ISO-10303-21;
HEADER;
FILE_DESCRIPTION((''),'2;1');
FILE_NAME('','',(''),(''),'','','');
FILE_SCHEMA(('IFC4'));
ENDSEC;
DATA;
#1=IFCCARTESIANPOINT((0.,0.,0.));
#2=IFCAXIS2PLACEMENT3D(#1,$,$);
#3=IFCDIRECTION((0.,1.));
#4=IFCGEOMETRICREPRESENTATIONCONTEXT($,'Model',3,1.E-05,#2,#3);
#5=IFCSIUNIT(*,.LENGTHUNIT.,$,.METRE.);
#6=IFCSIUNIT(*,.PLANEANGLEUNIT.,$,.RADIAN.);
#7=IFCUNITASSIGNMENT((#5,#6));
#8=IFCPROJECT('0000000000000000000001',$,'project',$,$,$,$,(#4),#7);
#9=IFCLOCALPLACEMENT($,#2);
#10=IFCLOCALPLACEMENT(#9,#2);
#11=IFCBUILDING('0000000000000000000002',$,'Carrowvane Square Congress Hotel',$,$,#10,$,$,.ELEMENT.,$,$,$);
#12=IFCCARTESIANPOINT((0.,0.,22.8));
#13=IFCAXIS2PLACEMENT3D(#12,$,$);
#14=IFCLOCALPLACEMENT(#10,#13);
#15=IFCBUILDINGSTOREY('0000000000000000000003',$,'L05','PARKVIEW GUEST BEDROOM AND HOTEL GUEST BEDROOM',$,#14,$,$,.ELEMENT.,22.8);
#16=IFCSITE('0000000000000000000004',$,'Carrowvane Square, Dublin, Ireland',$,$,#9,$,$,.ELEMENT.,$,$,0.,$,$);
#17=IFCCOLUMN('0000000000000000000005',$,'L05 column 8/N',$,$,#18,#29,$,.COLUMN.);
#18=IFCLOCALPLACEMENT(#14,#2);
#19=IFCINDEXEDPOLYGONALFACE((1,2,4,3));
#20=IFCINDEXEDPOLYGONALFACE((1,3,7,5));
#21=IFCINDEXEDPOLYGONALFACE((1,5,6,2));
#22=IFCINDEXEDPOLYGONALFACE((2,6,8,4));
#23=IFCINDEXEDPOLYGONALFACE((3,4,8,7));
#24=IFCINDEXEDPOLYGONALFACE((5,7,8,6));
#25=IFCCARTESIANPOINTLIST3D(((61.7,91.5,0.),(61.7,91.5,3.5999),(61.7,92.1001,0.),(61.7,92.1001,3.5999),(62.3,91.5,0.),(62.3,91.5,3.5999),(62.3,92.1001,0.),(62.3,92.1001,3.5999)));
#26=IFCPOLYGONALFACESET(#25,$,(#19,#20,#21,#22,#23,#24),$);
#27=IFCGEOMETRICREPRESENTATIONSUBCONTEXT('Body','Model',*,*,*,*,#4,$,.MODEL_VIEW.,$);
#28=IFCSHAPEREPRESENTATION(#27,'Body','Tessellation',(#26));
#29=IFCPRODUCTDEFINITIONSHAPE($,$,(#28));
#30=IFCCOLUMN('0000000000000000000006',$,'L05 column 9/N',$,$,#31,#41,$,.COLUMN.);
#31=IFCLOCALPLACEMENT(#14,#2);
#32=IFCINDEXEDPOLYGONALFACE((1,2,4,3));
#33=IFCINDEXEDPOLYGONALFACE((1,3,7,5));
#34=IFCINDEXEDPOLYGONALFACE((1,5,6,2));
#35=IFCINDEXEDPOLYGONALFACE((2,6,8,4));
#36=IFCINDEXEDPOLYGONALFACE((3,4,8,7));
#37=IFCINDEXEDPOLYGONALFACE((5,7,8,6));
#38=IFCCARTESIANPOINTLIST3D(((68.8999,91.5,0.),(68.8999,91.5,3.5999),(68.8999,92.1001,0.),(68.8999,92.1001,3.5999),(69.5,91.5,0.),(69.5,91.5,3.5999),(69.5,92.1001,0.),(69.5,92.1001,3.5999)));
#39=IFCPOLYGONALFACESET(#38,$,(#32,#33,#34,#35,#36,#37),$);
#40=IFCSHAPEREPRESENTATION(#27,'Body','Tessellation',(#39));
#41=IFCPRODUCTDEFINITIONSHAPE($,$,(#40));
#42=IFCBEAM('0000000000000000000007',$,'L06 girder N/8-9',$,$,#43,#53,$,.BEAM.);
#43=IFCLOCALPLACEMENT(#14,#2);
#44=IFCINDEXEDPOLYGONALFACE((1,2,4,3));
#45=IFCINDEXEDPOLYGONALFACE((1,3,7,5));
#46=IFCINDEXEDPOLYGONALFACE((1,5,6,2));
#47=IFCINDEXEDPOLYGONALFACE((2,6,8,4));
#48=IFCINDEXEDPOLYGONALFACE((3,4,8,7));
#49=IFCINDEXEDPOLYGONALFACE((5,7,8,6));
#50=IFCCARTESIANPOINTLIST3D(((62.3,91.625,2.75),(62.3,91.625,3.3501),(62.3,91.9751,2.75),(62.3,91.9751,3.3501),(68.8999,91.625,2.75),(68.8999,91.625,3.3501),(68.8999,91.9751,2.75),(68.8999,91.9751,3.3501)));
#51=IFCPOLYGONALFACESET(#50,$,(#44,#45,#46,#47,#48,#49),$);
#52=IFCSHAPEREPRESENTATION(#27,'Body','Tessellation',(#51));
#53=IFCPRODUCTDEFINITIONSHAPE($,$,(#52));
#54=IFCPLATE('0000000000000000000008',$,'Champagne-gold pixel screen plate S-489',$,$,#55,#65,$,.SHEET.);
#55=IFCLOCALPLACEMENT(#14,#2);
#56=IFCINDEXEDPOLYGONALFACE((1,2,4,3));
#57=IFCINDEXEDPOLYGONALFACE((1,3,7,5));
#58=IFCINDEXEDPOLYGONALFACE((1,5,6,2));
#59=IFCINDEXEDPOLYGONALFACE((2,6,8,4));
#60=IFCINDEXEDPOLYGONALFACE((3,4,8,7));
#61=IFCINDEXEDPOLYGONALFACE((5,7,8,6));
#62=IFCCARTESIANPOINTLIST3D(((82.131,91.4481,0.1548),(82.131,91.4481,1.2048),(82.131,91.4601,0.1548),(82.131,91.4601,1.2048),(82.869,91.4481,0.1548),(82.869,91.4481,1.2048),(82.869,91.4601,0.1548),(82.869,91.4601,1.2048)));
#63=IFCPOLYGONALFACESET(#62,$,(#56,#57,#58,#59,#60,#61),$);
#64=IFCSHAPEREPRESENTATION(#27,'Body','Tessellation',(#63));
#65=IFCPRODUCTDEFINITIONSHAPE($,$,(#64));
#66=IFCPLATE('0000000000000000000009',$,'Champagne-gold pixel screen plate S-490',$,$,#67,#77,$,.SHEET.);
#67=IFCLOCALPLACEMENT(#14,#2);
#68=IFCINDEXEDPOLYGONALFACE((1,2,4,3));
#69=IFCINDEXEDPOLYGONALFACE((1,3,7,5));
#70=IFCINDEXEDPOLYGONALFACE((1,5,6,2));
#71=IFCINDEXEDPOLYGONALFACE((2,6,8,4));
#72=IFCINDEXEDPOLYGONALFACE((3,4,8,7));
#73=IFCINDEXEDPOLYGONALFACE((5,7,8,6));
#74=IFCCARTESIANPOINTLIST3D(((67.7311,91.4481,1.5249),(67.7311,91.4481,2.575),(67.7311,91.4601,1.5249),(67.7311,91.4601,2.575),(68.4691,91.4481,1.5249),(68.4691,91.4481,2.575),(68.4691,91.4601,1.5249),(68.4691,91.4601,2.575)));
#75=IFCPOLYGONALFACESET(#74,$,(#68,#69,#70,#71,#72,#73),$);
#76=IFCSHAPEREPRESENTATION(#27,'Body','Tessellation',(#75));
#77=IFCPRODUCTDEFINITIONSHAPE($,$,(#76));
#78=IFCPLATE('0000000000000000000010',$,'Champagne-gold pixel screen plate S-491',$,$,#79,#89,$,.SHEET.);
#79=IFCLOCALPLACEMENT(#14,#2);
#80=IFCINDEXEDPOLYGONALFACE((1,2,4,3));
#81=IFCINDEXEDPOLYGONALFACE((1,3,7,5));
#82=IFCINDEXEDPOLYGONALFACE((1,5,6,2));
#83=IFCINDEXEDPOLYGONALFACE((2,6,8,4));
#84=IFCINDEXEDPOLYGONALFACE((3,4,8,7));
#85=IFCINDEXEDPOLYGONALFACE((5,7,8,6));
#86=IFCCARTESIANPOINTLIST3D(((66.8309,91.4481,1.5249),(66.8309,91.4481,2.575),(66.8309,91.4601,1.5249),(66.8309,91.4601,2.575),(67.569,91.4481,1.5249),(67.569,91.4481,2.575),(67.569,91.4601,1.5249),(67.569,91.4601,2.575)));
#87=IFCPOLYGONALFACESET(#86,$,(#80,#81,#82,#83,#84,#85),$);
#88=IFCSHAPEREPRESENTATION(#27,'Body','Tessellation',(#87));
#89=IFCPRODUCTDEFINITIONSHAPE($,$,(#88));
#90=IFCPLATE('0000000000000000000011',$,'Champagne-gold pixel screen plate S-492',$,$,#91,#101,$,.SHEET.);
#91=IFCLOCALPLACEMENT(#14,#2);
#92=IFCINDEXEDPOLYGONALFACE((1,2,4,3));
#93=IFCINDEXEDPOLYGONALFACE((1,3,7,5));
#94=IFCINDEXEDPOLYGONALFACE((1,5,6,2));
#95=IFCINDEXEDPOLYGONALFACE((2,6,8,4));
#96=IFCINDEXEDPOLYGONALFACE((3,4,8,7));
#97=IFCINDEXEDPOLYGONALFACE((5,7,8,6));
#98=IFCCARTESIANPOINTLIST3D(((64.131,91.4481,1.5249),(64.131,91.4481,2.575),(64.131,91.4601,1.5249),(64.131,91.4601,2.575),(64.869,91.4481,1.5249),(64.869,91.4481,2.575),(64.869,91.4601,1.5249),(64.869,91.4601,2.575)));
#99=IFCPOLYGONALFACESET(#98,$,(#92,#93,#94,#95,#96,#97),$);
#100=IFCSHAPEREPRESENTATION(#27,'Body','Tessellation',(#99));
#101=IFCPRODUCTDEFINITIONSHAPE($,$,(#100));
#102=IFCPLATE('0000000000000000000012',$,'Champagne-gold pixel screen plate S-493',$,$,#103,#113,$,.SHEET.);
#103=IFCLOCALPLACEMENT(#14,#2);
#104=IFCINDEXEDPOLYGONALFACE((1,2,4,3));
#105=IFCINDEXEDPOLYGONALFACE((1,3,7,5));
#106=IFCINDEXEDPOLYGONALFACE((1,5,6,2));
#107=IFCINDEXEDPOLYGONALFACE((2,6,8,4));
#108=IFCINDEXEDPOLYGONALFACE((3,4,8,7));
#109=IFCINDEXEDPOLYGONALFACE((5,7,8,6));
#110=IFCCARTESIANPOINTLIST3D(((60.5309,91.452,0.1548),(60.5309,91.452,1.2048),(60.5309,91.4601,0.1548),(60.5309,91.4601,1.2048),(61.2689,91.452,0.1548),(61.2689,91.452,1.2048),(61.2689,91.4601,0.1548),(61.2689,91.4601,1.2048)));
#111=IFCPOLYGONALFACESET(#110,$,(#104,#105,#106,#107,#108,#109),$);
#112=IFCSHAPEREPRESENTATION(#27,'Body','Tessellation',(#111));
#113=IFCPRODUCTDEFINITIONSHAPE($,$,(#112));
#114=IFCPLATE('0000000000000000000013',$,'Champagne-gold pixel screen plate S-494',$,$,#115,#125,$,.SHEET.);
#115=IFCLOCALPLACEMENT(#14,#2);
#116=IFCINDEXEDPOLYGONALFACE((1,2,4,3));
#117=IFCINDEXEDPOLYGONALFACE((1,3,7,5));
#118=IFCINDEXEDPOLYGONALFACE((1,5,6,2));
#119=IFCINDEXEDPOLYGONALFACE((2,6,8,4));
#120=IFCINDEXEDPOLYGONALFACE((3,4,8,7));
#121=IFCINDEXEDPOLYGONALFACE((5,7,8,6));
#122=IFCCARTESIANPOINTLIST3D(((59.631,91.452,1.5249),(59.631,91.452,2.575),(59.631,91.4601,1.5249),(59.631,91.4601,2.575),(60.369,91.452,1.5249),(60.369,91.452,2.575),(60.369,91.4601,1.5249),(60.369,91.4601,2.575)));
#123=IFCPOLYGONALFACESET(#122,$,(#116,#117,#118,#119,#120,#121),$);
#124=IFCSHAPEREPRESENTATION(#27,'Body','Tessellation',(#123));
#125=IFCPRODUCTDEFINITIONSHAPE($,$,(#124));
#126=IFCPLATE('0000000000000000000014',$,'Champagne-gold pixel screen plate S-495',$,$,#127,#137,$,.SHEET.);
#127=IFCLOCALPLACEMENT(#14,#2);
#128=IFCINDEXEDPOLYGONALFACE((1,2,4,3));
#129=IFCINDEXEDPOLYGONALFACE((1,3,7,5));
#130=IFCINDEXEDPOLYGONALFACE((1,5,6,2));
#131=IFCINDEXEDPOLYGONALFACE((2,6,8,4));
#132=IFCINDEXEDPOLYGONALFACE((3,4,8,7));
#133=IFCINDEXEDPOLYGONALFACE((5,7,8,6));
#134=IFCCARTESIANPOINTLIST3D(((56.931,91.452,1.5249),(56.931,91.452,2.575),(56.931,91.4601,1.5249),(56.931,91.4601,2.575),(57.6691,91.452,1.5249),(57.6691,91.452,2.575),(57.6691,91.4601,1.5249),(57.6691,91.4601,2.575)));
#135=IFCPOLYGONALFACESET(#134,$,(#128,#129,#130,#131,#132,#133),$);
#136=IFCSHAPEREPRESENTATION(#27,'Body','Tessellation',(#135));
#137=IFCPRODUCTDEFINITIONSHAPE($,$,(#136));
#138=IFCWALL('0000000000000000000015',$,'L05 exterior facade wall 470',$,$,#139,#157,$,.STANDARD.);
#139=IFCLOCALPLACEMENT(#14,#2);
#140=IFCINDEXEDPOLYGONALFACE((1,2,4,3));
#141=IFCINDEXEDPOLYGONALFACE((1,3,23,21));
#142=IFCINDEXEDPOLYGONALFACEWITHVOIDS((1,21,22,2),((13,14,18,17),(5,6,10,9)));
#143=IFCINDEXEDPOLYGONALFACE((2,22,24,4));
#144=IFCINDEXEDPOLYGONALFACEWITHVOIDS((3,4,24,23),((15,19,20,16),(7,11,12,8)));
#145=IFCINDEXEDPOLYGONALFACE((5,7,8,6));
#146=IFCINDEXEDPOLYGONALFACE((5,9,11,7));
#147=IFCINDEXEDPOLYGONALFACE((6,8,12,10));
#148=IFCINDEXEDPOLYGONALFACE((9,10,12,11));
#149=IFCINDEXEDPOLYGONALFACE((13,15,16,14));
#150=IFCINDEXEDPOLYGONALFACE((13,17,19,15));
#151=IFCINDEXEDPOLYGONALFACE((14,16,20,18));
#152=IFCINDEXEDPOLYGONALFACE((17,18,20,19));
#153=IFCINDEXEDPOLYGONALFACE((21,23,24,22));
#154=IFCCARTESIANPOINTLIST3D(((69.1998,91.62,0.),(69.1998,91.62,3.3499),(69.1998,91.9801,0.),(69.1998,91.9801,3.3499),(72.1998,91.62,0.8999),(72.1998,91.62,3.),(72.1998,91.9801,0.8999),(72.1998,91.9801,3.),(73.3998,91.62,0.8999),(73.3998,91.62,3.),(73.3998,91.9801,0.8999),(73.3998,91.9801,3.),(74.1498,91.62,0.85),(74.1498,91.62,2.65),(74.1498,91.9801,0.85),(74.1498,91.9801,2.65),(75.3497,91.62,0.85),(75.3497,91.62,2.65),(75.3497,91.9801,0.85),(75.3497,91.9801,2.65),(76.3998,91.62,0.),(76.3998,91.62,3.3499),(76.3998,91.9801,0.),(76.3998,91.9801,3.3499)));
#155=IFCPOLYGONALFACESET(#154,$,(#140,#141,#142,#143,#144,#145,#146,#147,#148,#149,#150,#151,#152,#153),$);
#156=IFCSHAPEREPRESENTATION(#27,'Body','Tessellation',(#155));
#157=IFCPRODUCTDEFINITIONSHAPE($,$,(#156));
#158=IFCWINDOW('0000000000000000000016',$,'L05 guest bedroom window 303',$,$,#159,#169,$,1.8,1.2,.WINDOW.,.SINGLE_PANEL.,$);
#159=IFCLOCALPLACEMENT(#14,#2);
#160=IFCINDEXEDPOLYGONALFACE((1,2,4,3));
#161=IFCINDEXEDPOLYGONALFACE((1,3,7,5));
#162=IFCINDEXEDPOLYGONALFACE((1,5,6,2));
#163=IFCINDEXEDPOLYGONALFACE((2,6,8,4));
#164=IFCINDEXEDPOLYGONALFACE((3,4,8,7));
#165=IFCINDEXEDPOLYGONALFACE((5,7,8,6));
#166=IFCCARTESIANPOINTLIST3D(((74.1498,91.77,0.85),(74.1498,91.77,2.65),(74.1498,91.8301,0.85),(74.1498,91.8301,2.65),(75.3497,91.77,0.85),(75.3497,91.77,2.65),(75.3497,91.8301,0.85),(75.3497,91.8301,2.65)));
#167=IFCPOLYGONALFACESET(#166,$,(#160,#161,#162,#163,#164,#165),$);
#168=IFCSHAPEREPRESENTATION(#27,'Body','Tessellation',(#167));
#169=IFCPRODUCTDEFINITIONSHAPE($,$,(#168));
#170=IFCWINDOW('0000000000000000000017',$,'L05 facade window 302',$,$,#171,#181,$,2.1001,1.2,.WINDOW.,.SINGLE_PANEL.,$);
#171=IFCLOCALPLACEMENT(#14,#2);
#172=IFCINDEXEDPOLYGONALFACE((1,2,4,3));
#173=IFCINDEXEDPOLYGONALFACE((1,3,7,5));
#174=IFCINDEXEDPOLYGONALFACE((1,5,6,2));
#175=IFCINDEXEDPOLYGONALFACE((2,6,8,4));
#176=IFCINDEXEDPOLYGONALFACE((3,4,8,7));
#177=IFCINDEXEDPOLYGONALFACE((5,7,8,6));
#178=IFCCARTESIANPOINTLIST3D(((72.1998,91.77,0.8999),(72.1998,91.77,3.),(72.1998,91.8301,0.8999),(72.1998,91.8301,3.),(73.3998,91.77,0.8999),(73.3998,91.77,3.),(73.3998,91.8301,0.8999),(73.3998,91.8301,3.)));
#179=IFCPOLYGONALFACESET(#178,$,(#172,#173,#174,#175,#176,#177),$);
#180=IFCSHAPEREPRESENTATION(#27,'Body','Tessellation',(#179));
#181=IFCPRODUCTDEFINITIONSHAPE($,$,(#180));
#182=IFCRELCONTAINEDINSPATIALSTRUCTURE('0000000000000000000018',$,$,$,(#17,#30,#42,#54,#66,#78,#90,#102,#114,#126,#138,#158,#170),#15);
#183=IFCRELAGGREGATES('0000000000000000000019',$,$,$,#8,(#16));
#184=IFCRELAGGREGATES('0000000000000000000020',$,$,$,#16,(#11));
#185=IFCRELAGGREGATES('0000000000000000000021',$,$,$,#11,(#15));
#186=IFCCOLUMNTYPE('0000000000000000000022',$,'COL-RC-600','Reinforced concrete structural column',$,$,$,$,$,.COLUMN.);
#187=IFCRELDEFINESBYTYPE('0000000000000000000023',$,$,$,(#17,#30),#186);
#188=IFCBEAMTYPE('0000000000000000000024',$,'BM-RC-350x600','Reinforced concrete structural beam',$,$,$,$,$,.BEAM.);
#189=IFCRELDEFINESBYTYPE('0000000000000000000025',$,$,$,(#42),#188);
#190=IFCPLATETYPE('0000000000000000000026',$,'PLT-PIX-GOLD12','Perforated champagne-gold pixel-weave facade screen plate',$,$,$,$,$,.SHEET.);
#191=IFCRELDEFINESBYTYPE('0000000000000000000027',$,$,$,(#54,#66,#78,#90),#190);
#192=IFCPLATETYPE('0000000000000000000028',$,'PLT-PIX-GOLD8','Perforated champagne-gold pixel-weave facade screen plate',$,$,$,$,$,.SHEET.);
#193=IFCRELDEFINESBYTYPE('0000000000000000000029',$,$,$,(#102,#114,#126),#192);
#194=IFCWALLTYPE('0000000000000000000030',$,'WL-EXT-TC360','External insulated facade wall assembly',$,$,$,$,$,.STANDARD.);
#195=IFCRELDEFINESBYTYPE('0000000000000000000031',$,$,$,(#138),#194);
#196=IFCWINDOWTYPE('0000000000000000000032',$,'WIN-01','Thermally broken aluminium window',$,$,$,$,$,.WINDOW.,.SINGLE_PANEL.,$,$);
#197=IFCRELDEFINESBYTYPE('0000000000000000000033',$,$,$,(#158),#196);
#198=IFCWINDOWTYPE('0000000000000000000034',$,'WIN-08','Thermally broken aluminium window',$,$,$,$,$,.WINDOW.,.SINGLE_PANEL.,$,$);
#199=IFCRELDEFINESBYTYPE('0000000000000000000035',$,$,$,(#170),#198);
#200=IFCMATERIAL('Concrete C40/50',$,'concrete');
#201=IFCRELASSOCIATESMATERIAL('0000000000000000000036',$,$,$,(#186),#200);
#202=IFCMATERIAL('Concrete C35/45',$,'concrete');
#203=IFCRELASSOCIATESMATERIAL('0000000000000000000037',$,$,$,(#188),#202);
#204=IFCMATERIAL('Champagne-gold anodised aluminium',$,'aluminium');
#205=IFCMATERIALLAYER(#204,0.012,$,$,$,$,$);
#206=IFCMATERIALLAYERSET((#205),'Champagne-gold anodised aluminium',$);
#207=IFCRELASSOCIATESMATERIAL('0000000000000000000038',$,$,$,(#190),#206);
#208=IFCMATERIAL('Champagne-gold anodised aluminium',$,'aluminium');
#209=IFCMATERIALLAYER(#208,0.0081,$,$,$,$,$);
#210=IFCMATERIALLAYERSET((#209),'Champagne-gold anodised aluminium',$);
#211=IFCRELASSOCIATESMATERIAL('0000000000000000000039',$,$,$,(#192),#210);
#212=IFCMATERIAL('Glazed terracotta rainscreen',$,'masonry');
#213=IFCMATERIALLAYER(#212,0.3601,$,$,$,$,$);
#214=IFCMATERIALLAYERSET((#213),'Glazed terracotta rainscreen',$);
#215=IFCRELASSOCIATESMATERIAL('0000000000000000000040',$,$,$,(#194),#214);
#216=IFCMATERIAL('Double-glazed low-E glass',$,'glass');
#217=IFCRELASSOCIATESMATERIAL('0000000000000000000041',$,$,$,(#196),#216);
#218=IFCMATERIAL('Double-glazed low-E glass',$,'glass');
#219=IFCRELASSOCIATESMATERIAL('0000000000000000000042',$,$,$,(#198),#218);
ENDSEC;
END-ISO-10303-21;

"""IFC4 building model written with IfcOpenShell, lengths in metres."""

from ifc_helpers import new_model, si_unit, direction, frame, frame_2d, origin, origin_2d, place, context, subcontext, project, spatial, rectangle, extrude, material, layer, layer_set, material_profile, profile_set, type_object, element, fill, save


model = new_model("IFC4")

# Units and contexts
model_context = context("Model", 3, precision=1e-05, world=origin(), true_north=direction((0.0, 1.0)))
body_context = subcontext(model_context, "Body", "Model", "MODEL_VIEW")
ifc_project = project(units=[si_unit("LENGTHUNIT", "METRE"), si_unit("PLANEANGLEUNIT", "RADIAN")], contexts=[model_context])

# Site, building, storey
site_placement = place(None, origin())
site = spatial("IfcSite", under=ifc_project, at=site_placement, Name="Carrowvane Square, Dublin, Ireland", CompositionType="ELEMENT", RefElevation=0.0)
building_placement = place(site_placement, origin())
building = spatial("IfcBuilding", under=site, at=building_placement, Name="Carrowvane Square Congress Hotel", CompositionType="ELEMENT")
storey_placement = place(building_placement, frame((0.0, 0.0, 22.8)))
storey = spatial("IfcBuildingStorey", under=building, at=storey_placement, Name="L05", Description="PARKVIEW GUEST BEDROOM AND HOTEL GUEST BEDROOM", CompositionType="ELEMENT", Elevation=22.8)

# Columns
ifc_material_1 = material(Name="Concrete C40/50", Category="concrete")
ifc_material_profile_1 = material_profile(ifc_material_1, rectangle(XDim=0.6001, YDim=0.6001, at=origin_2d()), Name="RC 600x600")
ifc_profile_set_1 = profile_set([ifc_material_profile_1], Name="Concrete C40/50")
column_type = type_object("IfcColumnType", Name="COL-RC-600", Description="Reinforced concrete structural column", PredefinedType="COLUMN", material=ifc_profile_set_1)
for number, where, z_axis, x_axis, name in (
    (1, (62.0, 91.8, 0.0), (0.0, 0.0, 1.0), (1.0, 0.0, 0.0), "L05 column 8/N"),
    (2, (69.2, 91.8, 0.0), (0.0, 0.0, 1.0), (1.0, 0.0, 0.0), "L05 column 9/N"),
):
    element("IfcColumn", number, at=place(storey_placement, frame(where, z_axis=z_axis, x_axis=x_axis)), inside=storey, type_object=column_type, Name=name, PredefinedType="COLUMN", context=body_context, shape_type="SweptSolid", body=[
        extrude(rectangle(XDim=0.6001, YDim=0.6001, at=origin_2d()), origin(), (0.0, 0.0, 1.0), 3.5999),
    ])

# Beam
ifc_material_2 = material(Name="Concrete C35/45", Category="concrete")
ifc_material_profile_2 = material_profile(ifc_material_2, rectangle(XDim=0.3501, YDim=0.6001, at=origin_2d()), Name="RC 350x600")
ifc_profile_set_2 = profile_set([ifc_material_profile_2], Name="Concrete C35/45")
beam_type = type_object("IfcBeamType", Name="BM-RC-350x600", Description="Reinforced concrete structural beam", PredefinedType="BEAM", material=ifc_profile_set_2)
beam_placement = place(storey_placement, frame((62.3, 91.8, 3.05), z_axis=(1.0, 0.0, 0.0), x_axis=(0.0, 1.0, 0.0)))
element("IfcBeam", 3, at=beam_placement, inside=storey, type_object=beam_type, Name="L06 girder N/8-9", PredefinedType="BEAM", context=body_context, shape_type="SweptSolid", body=[
    extrude(rectangle(XDim=0.3501, YDim=0.6001, at=origin_2d()), origin(), (0.0, 0.0, 1.0), 6.5999),
])

# Plates
ifc_material_3 = material(Name="Champagne-gold anodised aluminium", Category="aluminium")
ifc_layer_1 = layer(ifc_material_3, 0.012)
ifc_layer_set_1 = layer_set([ifc_layer_1], Name="Champagne-gold anodised aluminium")
plate_type_1 = type_object("IfcPlateType", Name="PLT-PIX-GOLD12", Description="Perforated champagne-gold pixel-weave facade screen plate", PredefinedType="SHEET", material=ifc_layer_set_1)
for number, where, z_axis, x_axis, name in (
    (4, (82.5, 91.4541, 0.1548), (0.0, 0.0, 1.0), (-1.0, 0.0, 0.0), "Champagne-gold pixel screen plate S-489"),
    (5, (68.1001, 91.4541, 1.5249), (0.0, 0.0, 1.0), (-1.0, 0.0, 0.0), "Champagne-gold pixel screen plate S-490"),
    (6, (67.2, 91.4541, 1.5249), (0.0, 0.0, 1.0), (-1.0, 0.0, 0.0), "Champagne-gold pixel screen plate S-491"),
    (7, (64.5, 91.4541, 1.5249), (0.0, 0.0, 1.0), (-1.0, 0.0, 0.0), "Champagne-gold pixel screen plate S-492"),
):
    element("IfcPlate", number, at=place(storey_placement, frame(where, z_axis=z_axis, x_axis=x_axis)), inside=storey, type_object=plate_type_1, Name=name, PredefinedType="SHEET", context=body_context, shape_type="SweptSolid", body=[
        extrude(rectangle(XDim=0.738, YDim=0.012, at=origin_2d()), origin(), (0.0, 0.0, 1.0), 1.05),
    ])
ifc_material_4 = material(Name="Champagne-gold anodised aluminium", Category="aluminium")
ifc_layer_2 = layer(ifc_material_4, 0.0081)
ifc_layer_set_2 = layer_set([ifc_layer_2], Name="Champagne-gold anodised aluminium")
plate_type_2 = type_object("IfcPlateType", Name="PLT-PIX-GOLD8", Description="Perforated champagne-gold pixel-weave facade screen plate", PredefinedType="SHEET", material=ifc_layer_set_2)
for number, where, z_axis, x_axis, name in (
    (8, (60.8999, 91.4561, 0.1548), (0.0, 0.0, 1.0), (-1.0, 0.0, 0.0), "Champagne-gold pixel screen plate S-493"),
    (9, (60.0, 91.4561, 1.5249), (0.0, 0.0, 1.0), (-1.0, 0.0, 0.0), "Champagne-gold pixel screen plate S-494"),
    (10, (57.3, 91.4561, 1.5249), (0.0, 0.0, 1.0), (-1.0, 0.0, 0.0), "Champagne-gold pixel screen plate S-495"),
):
    element("IfcPlate", number, at=place(storey_placement, frame(where, z_axis=z_axis, x_axis=x_axis)), inside=storey, type_object=plate_type_2, Name=name, PredefinedType="SHEET", context=body_context, shape_type="SweptSolid", body=[
        extrude(rectangle(XDim=0.738, YDim=0.0081, at=origin_2d()), origin(), (0.0, 0.0, 1.0), 1.05),
    ])

# Wall, openings, windows
ifc_material_5 = material(Name="Glazed terracotta rainscreen", Category="masonry")
ifc_layer_3 = layer(ifc_material_5, 0.3601)
ifc_layer_set_3 = layer_set([ifc_layer_3], Name="Glazed terracotta rainscreen")
wall_type = type_object("IfcWallType", Name="WL-EXT-TC360", Description="External insulated facade wall assembly", PredefinedType="STANDARD", material=ifc_layer_set_3)
wall_1_placement = place(storey_placement, frame((76.3999, 91.8, 0.0), z_axis=(0.0, 0.0, 1.0), x_axis=(-1.0, 0.0, 0.0)))
wall_1 = element("IfcWall", 11, at=wall_1_placement, inside=storey, type_object=wall_type, Name="L05 exterior facade wall 470", PredefinedType="STANDARD", context=body_context, shape_type="SweptSolid", body=[
    extrude(rectangle(XDim=7.2, YDim=0.3601, at=frame_2d((3.6001, 0.0))), origin(), (0.0, 0.0, 1.0), 3.3499),
])
opening_1_placement = place(wall_1_placement, frame((3.0, 0.0, 0.8999)))
opening_1 = element("IfcOpeningElement", 12, at=opening_1_placement, cuts=wall_1, PredefinedType="OPENING", context=body_context, shape_type="SweptSolid", body=[
    extrude(rectangle(XDim=1.2, YDim=2.1001, at=frame_2d((0.6001, 1.05))), frame((0.0, 0.1899, 0.0), z_axis=(0.0, -1.0, 0.0), x_axis=(1.0, 0.0, 0.0)), (0.0, 0.0, 1.0), 0.3801),
])
opening_2_placement = place(wall_1_placement, frame((1.05, 0.0, 0.8501)))
opening_2 = element("IfcOpeningElement", 13, at=opening_2_placement, cuts=wall_1, PredefinedType="OPENING", context=body_context, shape_type="SweptSolid", body=[
    extrude(rectangle(XDim=1.2, YDim=1.8, at=frame_2d((0.6001, 0.8999))), frame((0.0, 0.1899, 0.0), z_axis=(0.0, -1.0, 0.0), x_axis=(1.0, 0.0, 0.0)), (0.0, 0.0, 1.0), 0.3801),
])
ifc_material_6 = material(Name="Double-glazed low-E glass", Category="glass")
window_type_1 = type_object("IfcWindowType", Name="WIN-01", Description="Thermally broken aluminium window", PartitioningType="SINGLE_PANEL", PredefinedType="WINDOW", material=ifc_material_6)
window_1_placement = place(opening_2_placement, origin())
window_1 = element("IfcWindow", 14, at=window_1_placement, inside=storey, type_object=window_type_1, Name="L05 guest bedroom window 303", OverallHeight=1.8, OverallWidth=1.2, PartitioningType="SINGLE_PANEL", PredefinedType="WINDOW", context=body_context, shape_type="SweptSolid", body=[
    extrude(rectangle(XDim=1.2, YDim=1.8, at=frame_2d((0.6001, 0.8999))), frame((0.0, 0.03, 0.0), z_axis=(0.0, -1.0, 0.0), x_axis=(1.0, 0.0, 0.0)), (0.0, 0.0, 1.0), 0.0601),
])
fill(opening_2, window_1)
ifc_material_7 = material(Name="Double-glazed low-E glass", Category="glass")
window_type_2 = type_object("IfcWindowType", Name="WIN-08", Description="Thermally broken aluminium window", PartitioningType="SINGLE_PANEL", PredefinedType="WINDOW", material=ifc_material_7)
window_2_placement = place(opening_1_placement, origin())
window_2 = element("IfcWindow", 15, at=window_2_placement, inside=storey, type_object=window_type_2, Name="L05 facade window 302", OverallHeight=2.1001, OverallWidth=1.2, PartitioningType="SINGLE_PANEL", PredefinedType="WINDOW", context=body_context, shape_type="SweptSolid", body=[
    extrude(rectangle(XDim=1.2, YDim=2.1001, at=frame_2d((0.6001, 1.05))), frame((0.0, 0.03, 0.0), z_axis=(0.0, -1.0, 0.0), x_axis=(1.0, 0.0, 0.0)), (0.0, 0.0, 1.0), 0.0601),
])
fill(opening_1, window_2)

save(model, "model.ifc")
